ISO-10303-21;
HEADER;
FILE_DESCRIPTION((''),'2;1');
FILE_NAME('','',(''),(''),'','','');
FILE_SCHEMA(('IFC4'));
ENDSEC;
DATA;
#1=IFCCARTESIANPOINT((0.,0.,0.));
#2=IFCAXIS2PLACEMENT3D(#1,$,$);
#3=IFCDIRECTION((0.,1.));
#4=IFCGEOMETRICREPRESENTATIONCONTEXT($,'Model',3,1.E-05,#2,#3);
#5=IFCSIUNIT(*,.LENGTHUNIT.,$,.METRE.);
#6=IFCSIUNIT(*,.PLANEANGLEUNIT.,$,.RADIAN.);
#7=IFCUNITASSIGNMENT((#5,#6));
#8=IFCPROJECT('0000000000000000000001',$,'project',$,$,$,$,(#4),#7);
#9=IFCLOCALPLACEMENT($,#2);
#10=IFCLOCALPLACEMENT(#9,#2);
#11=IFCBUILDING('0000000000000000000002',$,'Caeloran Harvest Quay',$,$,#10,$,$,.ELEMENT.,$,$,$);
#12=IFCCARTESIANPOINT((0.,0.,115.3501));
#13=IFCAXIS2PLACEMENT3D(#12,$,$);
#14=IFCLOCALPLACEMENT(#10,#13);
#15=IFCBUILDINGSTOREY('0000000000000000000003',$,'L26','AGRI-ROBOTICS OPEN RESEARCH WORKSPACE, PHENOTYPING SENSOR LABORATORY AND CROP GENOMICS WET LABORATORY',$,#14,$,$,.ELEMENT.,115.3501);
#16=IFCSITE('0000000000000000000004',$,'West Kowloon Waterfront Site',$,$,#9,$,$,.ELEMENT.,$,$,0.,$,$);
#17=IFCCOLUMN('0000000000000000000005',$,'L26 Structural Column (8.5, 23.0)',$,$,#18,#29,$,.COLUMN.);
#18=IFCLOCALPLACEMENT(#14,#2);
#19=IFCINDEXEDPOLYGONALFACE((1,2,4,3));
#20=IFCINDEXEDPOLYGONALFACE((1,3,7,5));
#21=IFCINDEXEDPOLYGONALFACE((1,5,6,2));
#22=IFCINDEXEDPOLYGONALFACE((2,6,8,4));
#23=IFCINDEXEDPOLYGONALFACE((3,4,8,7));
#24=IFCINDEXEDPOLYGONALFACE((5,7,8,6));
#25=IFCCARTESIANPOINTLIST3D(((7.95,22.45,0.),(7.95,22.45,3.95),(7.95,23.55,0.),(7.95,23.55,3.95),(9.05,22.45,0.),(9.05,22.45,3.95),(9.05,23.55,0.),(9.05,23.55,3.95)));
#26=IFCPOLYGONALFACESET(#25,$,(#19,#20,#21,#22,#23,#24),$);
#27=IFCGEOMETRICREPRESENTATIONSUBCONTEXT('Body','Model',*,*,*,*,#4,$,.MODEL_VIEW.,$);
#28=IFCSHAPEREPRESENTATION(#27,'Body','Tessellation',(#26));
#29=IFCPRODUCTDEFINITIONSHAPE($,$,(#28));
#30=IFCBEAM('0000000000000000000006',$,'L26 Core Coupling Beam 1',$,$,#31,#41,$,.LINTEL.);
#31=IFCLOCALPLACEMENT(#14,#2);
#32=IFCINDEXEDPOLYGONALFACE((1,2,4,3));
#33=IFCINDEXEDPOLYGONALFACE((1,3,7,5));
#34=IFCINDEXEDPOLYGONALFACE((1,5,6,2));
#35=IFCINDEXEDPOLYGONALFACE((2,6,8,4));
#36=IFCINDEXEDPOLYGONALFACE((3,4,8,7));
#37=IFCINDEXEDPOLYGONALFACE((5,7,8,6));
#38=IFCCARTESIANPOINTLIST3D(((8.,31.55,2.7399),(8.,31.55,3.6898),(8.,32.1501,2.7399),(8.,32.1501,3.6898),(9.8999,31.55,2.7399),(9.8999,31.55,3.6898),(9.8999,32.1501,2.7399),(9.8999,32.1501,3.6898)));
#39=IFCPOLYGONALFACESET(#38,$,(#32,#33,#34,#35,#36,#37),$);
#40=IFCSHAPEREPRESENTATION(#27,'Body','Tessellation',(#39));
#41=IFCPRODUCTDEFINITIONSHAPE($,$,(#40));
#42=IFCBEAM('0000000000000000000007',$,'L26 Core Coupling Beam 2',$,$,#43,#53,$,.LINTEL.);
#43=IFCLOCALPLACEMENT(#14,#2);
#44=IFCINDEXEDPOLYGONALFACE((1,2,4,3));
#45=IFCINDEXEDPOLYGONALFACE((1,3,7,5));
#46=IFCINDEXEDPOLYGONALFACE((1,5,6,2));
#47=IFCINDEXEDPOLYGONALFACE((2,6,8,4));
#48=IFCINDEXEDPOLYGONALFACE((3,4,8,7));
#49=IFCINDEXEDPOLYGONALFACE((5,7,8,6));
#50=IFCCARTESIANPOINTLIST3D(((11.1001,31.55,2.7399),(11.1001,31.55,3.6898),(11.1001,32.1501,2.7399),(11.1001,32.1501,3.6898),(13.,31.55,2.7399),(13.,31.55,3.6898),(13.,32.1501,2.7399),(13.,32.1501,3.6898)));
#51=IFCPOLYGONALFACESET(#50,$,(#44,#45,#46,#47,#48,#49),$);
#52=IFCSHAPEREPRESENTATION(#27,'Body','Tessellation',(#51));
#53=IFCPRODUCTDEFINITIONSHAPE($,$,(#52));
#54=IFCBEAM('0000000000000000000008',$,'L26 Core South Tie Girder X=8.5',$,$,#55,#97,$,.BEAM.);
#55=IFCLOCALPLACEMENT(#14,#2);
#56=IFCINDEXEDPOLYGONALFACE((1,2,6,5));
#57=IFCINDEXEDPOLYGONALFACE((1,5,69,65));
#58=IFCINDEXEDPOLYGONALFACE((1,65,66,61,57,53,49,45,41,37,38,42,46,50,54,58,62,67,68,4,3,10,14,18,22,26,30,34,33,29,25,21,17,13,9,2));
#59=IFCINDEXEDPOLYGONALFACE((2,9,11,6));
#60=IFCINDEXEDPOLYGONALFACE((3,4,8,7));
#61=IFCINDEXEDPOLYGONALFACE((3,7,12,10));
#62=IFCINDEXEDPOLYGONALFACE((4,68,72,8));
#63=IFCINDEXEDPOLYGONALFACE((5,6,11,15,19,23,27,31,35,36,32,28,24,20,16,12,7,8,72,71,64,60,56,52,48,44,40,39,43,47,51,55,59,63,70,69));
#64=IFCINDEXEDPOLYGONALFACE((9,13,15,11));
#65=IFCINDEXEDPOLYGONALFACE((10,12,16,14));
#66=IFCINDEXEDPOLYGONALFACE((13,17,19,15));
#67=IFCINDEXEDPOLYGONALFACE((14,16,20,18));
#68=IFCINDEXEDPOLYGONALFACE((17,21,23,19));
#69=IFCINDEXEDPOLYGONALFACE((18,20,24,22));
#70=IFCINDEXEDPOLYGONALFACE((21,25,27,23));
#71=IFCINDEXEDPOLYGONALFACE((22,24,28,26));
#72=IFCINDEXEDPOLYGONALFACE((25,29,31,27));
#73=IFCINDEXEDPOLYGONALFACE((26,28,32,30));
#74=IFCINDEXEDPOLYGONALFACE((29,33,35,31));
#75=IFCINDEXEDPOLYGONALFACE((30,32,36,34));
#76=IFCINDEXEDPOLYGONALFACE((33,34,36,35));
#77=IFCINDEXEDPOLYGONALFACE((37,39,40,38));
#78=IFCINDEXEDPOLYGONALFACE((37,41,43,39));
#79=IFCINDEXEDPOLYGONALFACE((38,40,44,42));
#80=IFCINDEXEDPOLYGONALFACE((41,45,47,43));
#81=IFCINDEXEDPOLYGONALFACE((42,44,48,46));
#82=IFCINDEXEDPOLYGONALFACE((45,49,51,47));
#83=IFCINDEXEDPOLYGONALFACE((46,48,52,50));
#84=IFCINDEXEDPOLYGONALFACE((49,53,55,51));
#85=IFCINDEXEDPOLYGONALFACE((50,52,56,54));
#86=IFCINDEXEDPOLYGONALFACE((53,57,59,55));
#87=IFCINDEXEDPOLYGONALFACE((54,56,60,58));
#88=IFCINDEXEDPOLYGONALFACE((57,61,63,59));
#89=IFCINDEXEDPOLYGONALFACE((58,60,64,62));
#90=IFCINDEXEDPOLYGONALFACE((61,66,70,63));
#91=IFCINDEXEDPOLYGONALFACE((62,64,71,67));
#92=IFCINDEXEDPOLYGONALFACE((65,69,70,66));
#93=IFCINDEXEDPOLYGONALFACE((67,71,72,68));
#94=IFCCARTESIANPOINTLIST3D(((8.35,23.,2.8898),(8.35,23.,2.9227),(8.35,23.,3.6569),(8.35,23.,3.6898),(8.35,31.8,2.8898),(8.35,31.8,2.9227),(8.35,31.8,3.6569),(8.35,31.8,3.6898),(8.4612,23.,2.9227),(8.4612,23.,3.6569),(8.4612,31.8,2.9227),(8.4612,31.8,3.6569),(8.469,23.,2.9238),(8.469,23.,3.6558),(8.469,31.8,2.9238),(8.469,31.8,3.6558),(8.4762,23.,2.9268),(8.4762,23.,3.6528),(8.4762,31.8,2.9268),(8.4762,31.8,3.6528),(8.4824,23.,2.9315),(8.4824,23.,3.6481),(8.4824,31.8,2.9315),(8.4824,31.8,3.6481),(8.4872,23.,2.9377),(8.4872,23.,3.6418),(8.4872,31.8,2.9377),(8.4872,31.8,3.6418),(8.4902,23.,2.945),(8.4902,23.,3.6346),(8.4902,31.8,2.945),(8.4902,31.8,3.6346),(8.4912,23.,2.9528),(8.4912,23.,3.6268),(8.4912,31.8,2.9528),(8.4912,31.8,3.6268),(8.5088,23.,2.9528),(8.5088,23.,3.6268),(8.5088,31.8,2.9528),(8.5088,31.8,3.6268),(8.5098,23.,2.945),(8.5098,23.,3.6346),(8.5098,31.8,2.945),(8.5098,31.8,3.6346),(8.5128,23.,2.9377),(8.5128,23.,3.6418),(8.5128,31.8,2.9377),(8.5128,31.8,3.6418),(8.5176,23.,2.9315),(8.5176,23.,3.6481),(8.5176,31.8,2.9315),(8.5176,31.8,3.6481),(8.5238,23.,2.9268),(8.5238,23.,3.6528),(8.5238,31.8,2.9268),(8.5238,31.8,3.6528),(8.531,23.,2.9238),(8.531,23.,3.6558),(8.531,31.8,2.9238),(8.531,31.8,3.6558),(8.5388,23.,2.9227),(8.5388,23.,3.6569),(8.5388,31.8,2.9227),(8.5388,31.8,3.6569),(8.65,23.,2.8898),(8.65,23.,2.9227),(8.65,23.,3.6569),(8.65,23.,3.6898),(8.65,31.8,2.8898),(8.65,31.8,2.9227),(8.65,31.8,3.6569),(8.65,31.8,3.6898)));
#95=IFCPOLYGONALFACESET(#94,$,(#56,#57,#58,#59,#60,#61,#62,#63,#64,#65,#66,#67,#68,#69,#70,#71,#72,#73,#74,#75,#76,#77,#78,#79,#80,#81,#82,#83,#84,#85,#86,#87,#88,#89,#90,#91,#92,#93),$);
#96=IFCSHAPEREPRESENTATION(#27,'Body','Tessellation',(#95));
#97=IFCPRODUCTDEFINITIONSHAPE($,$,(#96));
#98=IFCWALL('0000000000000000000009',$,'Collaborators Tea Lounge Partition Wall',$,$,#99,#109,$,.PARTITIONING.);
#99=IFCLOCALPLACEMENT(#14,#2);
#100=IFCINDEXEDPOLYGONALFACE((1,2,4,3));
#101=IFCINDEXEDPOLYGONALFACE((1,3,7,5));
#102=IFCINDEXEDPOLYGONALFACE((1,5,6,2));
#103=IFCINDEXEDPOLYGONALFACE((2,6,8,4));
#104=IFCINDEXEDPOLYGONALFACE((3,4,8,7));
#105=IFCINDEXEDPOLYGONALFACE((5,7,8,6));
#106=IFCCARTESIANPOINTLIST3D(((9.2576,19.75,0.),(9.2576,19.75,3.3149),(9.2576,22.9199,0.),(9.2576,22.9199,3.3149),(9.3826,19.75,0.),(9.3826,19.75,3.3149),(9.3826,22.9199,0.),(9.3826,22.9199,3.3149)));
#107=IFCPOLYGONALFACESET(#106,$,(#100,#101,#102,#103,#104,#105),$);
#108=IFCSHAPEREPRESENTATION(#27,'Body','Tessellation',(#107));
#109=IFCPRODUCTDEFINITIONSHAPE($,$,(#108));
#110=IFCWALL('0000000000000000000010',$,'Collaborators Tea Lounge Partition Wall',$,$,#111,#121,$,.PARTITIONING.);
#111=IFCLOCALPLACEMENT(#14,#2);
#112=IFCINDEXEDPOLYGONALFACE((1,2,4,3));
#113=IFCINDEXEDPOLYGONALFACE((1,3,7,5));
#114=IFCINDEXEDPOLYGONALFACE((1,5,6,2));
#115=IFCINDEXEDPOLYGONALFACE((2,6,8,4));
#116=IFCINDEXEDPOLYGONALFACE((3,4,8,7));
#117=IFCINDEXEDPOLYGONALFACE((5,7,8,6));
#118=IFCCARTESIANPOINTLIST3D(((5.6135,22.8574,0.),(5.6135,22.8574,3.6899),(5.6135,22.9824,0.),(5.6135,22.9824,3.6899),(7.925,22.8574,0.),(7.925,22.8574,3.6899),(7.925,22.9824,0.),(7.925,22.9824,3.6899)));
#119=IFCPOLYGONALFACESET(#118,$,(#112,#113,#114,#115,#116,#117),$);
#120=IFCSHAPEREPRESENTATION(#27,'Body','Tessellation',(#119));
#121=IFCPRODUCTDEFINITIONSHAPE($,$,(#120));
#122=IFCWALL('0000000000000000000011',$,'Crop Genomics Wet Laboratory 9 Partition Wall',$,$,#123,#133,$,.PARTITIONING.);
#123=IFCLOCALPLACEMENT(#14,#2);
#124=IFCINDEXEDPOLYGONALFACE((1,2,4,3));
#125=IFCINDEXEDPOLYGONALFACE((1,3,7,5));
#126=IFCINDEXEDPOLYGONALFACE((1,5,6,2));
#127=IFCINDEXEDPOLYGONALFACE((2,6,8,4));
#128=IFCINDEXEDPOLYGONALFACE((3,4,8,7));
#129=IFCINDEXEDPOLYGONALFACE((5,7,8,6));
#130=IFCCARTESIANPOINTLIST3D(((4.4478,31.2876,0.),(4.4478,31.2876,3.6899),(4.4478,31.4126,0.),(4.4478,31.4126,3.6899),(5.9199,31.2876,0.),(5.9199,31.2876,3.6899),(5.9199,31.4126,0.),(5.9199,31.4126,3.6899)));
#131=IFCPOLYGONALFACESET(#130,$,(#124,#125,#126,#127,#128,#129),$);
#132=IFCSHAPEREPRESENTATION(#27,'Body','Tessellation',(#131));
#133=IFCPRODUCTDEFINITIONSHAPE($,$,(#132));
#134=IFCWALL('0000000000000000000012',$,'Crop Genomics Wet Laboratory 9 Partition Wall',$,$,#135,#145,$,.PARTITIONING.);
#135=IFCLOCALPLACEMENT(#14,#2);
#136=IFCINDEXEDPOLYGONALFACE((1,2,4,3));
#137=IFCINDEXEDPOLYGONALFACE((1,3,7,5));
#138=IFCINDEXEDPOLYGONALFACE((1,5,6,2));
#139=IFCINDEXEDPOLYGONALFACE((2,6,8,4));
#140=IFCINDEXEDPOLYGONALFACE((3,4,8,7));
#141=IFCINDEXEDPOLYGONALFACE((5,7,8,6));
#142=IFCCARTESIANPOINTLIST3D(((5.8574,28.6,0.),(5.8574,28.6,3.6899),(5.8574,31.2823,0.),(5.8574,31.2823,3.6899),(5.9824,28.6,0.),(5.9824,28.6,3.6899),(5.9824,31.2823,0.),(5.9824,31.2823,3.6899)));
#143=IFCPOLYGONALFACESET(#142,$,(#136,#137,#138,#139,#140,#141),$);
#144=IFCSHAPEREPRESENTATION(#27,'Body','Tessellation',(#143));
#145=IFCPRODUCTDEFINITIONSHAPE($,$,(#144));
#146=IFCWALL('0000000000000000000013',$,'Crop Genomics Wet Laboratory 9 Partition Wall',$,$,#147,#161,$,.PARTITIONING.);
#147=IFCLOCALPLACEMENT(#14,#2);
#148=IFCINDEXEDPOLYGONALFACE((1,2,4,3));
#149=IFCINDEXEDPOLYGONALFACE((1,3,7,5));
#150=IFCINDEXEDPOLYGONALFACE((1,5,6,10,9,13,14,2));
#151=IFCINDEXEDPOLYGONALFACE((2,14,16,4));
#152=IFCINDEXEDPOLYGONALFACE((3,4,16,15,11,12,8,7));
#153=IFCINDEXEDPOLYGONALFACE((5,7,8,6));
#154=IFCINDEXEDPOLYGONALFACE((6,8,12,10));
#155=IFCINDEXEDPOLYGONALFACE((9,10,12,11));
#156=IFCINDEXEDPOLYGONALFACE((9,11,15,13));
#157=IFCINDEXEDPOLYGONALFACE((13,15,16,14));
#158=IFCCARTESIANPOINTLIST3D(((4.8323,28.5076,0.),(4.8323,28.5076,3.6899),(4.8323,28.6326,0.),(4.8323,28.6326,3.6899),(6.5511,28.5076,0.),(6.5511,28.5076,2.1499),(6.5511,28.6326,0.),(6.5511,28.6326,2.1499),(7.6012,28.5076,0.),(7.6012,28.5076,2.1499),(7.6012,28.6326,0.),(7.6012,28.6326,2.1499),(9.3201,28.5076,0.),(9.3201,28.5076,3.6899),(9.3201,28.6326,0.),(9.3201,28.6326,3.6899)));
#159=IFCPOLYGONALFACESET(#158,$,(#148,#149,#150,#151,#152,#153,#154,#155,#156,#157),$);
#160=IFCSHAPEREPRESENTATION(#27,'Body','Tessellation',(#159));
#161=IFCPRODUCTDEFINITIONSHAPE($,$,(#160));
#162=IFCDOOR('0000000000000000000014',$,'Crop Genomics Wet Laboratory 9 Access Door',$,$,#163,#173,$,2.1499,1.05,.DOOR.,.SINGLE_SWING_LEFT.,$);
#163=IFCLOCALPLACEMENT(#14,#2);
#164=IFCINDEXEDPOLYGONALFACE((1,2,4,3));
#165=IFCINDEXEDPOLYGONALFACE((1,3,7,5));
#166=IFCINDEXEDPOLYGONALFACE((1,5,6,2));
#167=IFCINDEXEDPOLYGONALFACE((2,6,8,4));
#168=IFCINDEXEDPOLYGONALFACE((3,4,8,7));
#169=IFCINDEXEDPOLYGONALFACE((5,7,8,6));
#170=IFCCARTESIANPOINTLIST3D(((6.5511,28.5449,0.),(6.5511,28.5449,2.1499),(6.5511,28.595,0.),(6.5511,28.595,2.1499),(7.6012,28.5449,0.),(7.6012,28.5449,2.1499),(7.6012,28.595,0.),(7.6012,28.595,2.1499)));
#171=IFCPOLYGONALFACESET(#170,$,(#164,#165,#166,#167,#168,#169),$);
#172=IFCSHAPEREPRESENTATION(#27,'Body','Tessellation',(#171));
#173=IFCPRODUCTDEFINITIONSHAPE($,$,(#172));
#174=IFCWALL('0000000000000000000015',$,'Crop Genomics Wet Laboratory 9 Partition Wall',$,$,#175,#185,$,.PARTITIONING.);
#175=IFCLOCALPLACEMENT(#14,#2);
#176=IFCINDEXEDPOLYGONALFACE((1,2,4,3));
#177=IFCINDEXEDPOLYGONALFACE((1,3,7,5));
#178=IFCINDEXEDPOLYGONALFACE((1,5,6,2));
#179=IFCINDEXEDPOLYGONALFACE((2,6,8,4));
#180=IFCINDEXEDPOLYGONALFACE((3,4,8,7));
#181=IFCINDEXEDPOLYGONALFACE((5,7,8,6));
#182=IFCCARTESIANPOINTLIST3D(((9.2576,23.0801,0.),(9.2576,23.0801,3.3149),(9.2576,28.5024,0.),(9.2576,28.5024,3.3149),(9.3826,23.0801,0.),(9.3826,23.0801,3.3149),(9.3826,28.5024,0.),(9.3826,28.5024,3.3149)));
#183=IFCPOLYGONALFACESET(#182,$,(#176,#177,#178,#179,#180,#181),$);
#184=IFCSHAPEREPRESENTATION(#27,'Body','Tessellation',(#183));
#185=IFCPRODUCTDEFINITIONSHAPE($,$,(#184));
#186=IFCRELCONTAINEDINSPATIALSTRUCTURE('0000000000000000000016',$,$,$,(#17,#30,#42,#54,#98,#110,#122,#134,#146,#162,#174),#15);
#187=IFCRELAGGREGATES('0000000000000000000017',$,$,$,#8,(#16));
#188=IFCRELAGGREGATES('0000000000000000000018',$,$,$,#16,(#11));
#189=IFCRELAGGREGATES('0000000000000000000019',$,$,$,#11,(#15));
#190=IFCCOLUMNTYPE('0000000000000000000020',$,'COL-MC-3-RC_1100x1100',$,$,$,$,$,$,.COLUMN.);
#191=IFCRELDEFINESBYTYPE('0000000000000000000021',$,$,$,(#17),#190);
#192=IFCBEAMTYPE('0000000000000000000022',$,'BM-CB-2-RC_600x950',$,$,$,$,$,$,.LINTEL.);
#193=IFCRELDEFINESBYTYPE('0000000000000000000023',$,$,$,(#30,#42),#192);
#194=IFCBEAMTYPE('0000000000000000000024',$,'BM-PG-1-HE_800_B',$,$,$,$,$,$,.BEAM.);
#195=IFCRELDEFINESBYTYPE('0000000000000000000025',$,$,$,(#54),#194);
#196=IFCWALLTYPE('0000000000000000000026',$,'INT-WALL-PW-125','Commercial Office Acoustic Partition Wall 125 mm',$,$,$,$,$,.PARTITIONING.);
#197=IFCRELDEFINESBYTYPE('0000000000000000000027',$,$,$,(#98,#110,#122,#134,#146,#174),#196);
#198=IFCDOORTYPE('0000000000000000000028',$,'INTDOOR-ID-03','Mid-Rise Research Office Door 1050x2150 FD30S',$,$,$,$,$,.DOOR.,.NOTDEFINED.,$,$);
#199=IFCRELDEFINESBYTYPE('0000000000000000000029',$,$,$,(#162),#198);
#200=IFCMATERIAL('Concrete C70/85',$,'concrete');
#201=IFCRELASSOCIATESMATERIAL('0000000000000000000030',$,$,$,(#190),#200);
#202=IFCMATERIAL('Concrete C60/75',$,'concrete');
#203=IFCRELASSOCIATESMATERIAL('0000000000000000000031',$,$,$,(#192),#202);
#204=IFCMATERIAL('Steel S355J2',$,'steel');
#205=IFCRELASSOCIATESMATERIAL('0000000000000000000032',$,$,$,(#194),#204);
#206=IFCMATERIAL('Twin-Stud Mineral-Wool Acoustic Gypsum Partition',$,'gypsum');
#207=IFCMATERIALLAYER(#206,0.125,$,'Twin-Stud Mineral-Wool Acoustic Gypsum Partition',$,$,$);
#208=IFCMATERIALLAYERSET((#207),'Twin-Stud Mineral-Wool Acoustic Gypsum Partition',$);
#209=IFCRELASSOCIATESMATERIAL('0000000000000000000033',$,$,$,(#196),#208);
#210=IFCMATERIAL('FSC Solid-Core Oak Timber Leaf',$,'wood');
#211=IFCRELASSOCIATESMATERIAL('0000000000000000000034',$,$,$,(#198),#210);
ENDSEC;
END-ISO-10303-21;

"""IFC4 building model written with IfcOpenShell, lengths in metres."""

from ifc_helpers import new_model, si_unit, direction, frame, frame_2d, origin, origin_2d, place, context, subcontext, project, spatial, rectangle, i_section, extrude, material, layer, layer_set, material_profile, profile_set, type_object, element, fill, save


model = new_model("IFC4")

# Units and contexts
model_context = context("Model", 3, precision=1e-05, world=origin(), true_north=direction((0.0, 1.0)))
body_context = subcontext(model_context, "Body", "Model", "MODEL_VIEW")
ifc_project = project(units=[si_unit("LENGTHUNIT", "METRE"), si_unit("PLANEANGLEUNIT", "RADIAN")], contexts=[model_context])

# Site, building, storey
site_placement = place(None, origin())
site = spatial("IfcSite", under=ifc_project, at=site_placement, Name="West Kowloon Waterfront Site", CompositionType="ELEMENT", RefElevation=0.0)
building_placement = place(site_placement, origin())
building = spatial("IfcBuilding", under=site, at=building_placement, Name="Caeloran Harvest Quay", CompositionType="ELEMENT")
storey_placement = place(building_placement, frame((0.0, 0.0, 115.3501)))
storey = spatial("IfcBuildingStorey", under=building, at=storey_placement, Name="L26", Description="AGRI-ROBOTICS OPEN RESEARCH WORKSPACE, PHENOTYPING SENSOR LABORATORY AND CROP GENOMICS WET LABORATORY", CompositionType="ELEMENT", Elevation=115.3501)

# Column
ifc_material_1 = material(Name="Concrete C70/85", Category="concrete")
ifc_material_profile_1 = material_profile(ifc_material_1, rectangle(XDim=1.1001, YDim=1.1001, at=origin_2d()), Name="RC 1100x1100")
ifc_profile_set_1 = profile_set([ifc_material_profile_1], Name="Concrete C70/85")
column_type = type_object("IfcColumnType", Name="COL-MC-3-RC_1100x1100", PredefinedType="COLUMN", material=ifc_profile_set_1)
column_placement = place(storey_placement, frame((8.5, 23.0, 0.0), z_axis=(0.0, 0.0, 1.0), x_axis=(1.0, 0.0, 0.0)))
element("IfcColumn", 1, at=column_placement, inside=storey, type_object=column_type, Name="L26 Structural Column (8.5, 23.0)", PredefinedType="COLUMN", context=body_context, shape_type="SweptSolid", body=[
    extrude(rectangle(XDim=1.1001, YDim=1.1001, at=origin_2d()), origin(), (0.0, 0.0, 1.0), 3.95),
])

# Beams
ifc_material_2 = material(Name="Concrete C60/75", Category="concrete")
ifc_material_profile_2 = material_profile(ifc_material_2, rectangle(XDim=0.6001, YDim=0.95, at=origin_2d()), Name="RC 600x950")
ifc_profile_set_2 = profile_set([ifc_material_profile_2], Name="Concrete C60/75")
beam_type_1 = type_object("IfcBeamType", Name="BM-CB-2-RC_600x950", PredefinedType="LINTEL", material=ifc_profile_set_2)
for number, where, z_axis, x_axis, name in (
    (2, (8.0, 31.8501, 3.2148), (1.0, 0.0, 0.0), (0.0, 1.0, 0.0), "L26 Core Coupling Beam 1"),
    (3, (11.1001, 31.8501, 3.2148), (1.0, 0.0, 0.0), (0.0, 1.0, 0.0), "L26 Core Coupling Beam 2"),
):
    element("IfcBeam", number, at=place(storey_placement, frame(where, z_axis=z_axis, x_axis=x_axis)), inside=storey, type_object=beam_type_1, Name=name, PredefinedType="LINTEL", context=body_context, shape_type="SweptSolid", body=[
        extrude(rectangle(XDim=0.6001, YDim=0.95, at=origin_2d()), origin(), (0.0, 0.0, 1.0), 1.8999),
    ])
ifc_material_3 = material(Name="Steel S355J2", Category="steel")
ifc_material_profile_3 = material_profile(ifc_material_3, i_section(OverallWidth=0.3, OverallDepth=0.8, WebThickness=0.0176, FlangeThickness=0.033, FilletRadius=0.03, at=origin_2d()), Name="HE 800 B")
ifc_profile_set_3 = profile_set([ifc_material_profile_3], Name="Steel S355J2")
beam_type_2 = type_object("IfcBeamType", Name="BM-PG-1-HE_800_B", PredefinedType="BEAM", material=ifc_profile_set_3)
beam_placement = place(storey_placement, frame((8.5, 23.0, 3.2898), z_axis=(0.0, 1.0, 0.0), x_axis=(-1.0, 0.0, 0.0)))
element("IfcBeam", 4, at=beam_placement, inside=storey, type_object=beam_type_2, Name="L26 Core South Tie Girder X=8.5", PredefinedType="BEAM", context=body_context, shape_type="SweptSolid", body=[
    extrude(i_section(OverallWidth=0.3, OverallDepth=0.8, WebThickness=0.0176, FlangeThickness=0.033, FilletRadius=0.03, at=origin_2d()), origin(), (0.0, 0.0, 1.0), 8.8),
])

# Walls
ifc_material_4 = material(Name="Twin-Stud Mineral-Wool Acoustic Gypsum Partition", Category="gypsum")
ifc_layer_1 = layer(ifc_material_4, 0.125, Name="Twin-Stud Mineral-Wool Acoustic Gypsum Partition")
ifc_layer_set_1 = layer_set([ifc_layer_1], Name="Twin-Stud Mineral-Wool Acoustic Gypsum Partition")
wall_type_1 = type_object("IfcWallType", Name="INT-WALL-PW-125", Description="Commercial Office Acoustic Partition Wall 125 mm", PredefinedType="PARTITIONING", material=ifc_layer_set_1)
wall_1_placement = place(storey_placement, frame((9.3201, 22.9199, 0.0), z_axis=(0.0, 0.0, 1.0), x_axis=(0.0, -1.0, 0.0)))
element("IfcWall", 5, at=wall_1_placement, inside=storey, type_object=wall_type_1, Name="Collaborators Tea Lounge Partition Wall", PredefinedType="PARTITIONING", context=body_context, shape_type="SweptSolid", body=[
    extrude(rectangle(XDim=3.1699, YDim=0.125, at=frame_2d((1.585, 0.0))), origin(), (0.0, 0.0, 1.0), 3.3149),
])
wall_2_placement = place(storey_placement, frame((5.6135, 22.9199, 0.0), z_axis=(0.0, 0.0, 1.0), x_axis=(1.0, 0.0, 0.0)))
element("IfcWall", 6, at=wall_2_placement, inside=storey, type_object=wall_type_1, Name="Collaborators Tea Lounge Partition Wall", PredefinedType="PARTITIONING", context=body_context, shape_type="SweptSolid", body=[
    extrude(rectangle(XDim=2.3115, YDim=0.125, at=frame_2d((1.1558, 0.0))), origin(), (0.0, 0.0, 1.0), 3.6899),
])
wall_3_placement = place(storey_placement, frame((4.4478, 31.3501, 0.0), z_axis=(0.0, 0.0, 1.0), x_axis=(1.0, 0.0, 0.0)))
element("IfcWall", 7, at=wall_3_placement, inside=storey, type_object=wall_type_1, Name="Crop Genomics Wet Laboratory 9 Partition Wall", PredefinedType="PARTITIONING", context=body_context, shape_type="SweptSolid", body=[
    extrude(rectangle(XDim=1.4722, YDim=0.125, at=frame_2d((0.7361, 0.0))), origin(), (0.0, 0.0, 1.0), 3.6899),
])
wall_4_placement = place(storey_placement, frame((5.9199, 31.2825, 0.0), z_axis=(0.0, 0.0, 1.0), x_axis=(0.0, -1.0, 0.0)))
element("IfcWall", 8, at=wall_4_placement, inside=storey, type_object=wall_type_1, Name="Crop Genomics Wet Laboratory 9 Partition Wall", PredefinedType="PARTITIONING", context=body_context, shape_type="SweptSolid", body=[
    extrude(rectangle(XDim=2.6824, YDim=0.125, at=frame_2d((1.3413, 0.0))), origin(), (0.0, 0.0, 1.0), 3.6899),
])

# Wall, opening, door
wall_5_placement = place(storey_placement, frame((4.8323, 28.5701, 0.0), z_axis=(0.0, 0.0, 1.0), x_axis=(1.0, 0.0, 0.0)))
wall_5 = element("IfcWall", 9, at=wall_5_placement, inside=storey, type_object=wall_type_1, Name="Crop Genomics Wet Laboratory 9 Partition Wall", PredefinedType="PARTITIONING", context=body_context, shape_type="SweptSolid", body=[
    extrude(rectangle(XDim=4.4878, YDim=0.125, at=frame_2d((2.2439, 0.0))), origin(), (0.0, 0.0, 1.0), 3.6899),
])
opening_1_placement = place(wall_5_placement, frame((1.719, 0.0, 0.0)))
opening_1 = element("IfcOpeningElement", 10, at=opening_1_placement, cuts=wall_5, PredefinedType="OPENING", context=body_context, shape_type="SweptSolid", body=[
    extrude(rectangle(XDim=1.05, YDim=2.1499, at=frame_2d((0.5249, 1.075))), frame((0.0, 0.0725, 0.0), z_axis=(0.0, -1.0, 0.0), x_axis=(1.0, 0.0, 0.0)), (0.0, 0.0, 1.0), 0.145),
])
ifc_material_5 = material(Name="FSC Solid-Core Oak Timber Leaf", Category="wood")
door_type_1 = type_object("IfcDoorType", Name="INTDOOR-ID-03", Description="Mid-Rise Research Office Door 1050x2150 FD30S", OperationType="NOTDEFINED", PredefinedType="DOOR", material=ifc_material_5)
door_1_placement = place(opening_1_placement, origin())
door_1 = element("IfcDoor", 11, at=door_1_placement, inside=storey, type_object=door_type_1, Name="Crop Genomics Wet Laboratory 9 Access Door", OperationType="SINGLE_SWING_LEFT", OverallHeight=2.1499, OverallWidth=1.05, PredefinedType="DOOR", context=body_context, shape_type="SweptSolid", body=[
    extrude(rectangle(XDim=1.05, YDim=2.1499, at=frame_2d((0.5249, 1.075))), frame((0.0, 0.0249, 0.0), z_axis=(0.0, -1.0, 0.0), x_axis=(1.0, 0.0, 0.0)), (0.0, 0.0, 1.0), 0.05),
])
fill(opening_1, door_1)

# Wall
wall_6_placement = place(storey_placement, frame((9.3201, 28.5024, 0.0), z_axis=(0.0, 0.0, 1.0), x_axis=(0.0, -1.0, 0.0)))
element("IfcWall", 12, at=wall_6_placement, inside=storey, type_object=wall_type_1, Name="Crop Genomics Wet Laboratory 9 Partition Wall", PredefinedType="PARTITIONING", context=body_context, shape_type="SweptSolid", body=[
    extrude(rectangle(XDim=5.4224, YDim=0.125, at=frame_2d((2.7112, 0.0))), origin(), (0.0, 0.0, 1.0), 3.3149),
])

save(model, "model.ifc")
